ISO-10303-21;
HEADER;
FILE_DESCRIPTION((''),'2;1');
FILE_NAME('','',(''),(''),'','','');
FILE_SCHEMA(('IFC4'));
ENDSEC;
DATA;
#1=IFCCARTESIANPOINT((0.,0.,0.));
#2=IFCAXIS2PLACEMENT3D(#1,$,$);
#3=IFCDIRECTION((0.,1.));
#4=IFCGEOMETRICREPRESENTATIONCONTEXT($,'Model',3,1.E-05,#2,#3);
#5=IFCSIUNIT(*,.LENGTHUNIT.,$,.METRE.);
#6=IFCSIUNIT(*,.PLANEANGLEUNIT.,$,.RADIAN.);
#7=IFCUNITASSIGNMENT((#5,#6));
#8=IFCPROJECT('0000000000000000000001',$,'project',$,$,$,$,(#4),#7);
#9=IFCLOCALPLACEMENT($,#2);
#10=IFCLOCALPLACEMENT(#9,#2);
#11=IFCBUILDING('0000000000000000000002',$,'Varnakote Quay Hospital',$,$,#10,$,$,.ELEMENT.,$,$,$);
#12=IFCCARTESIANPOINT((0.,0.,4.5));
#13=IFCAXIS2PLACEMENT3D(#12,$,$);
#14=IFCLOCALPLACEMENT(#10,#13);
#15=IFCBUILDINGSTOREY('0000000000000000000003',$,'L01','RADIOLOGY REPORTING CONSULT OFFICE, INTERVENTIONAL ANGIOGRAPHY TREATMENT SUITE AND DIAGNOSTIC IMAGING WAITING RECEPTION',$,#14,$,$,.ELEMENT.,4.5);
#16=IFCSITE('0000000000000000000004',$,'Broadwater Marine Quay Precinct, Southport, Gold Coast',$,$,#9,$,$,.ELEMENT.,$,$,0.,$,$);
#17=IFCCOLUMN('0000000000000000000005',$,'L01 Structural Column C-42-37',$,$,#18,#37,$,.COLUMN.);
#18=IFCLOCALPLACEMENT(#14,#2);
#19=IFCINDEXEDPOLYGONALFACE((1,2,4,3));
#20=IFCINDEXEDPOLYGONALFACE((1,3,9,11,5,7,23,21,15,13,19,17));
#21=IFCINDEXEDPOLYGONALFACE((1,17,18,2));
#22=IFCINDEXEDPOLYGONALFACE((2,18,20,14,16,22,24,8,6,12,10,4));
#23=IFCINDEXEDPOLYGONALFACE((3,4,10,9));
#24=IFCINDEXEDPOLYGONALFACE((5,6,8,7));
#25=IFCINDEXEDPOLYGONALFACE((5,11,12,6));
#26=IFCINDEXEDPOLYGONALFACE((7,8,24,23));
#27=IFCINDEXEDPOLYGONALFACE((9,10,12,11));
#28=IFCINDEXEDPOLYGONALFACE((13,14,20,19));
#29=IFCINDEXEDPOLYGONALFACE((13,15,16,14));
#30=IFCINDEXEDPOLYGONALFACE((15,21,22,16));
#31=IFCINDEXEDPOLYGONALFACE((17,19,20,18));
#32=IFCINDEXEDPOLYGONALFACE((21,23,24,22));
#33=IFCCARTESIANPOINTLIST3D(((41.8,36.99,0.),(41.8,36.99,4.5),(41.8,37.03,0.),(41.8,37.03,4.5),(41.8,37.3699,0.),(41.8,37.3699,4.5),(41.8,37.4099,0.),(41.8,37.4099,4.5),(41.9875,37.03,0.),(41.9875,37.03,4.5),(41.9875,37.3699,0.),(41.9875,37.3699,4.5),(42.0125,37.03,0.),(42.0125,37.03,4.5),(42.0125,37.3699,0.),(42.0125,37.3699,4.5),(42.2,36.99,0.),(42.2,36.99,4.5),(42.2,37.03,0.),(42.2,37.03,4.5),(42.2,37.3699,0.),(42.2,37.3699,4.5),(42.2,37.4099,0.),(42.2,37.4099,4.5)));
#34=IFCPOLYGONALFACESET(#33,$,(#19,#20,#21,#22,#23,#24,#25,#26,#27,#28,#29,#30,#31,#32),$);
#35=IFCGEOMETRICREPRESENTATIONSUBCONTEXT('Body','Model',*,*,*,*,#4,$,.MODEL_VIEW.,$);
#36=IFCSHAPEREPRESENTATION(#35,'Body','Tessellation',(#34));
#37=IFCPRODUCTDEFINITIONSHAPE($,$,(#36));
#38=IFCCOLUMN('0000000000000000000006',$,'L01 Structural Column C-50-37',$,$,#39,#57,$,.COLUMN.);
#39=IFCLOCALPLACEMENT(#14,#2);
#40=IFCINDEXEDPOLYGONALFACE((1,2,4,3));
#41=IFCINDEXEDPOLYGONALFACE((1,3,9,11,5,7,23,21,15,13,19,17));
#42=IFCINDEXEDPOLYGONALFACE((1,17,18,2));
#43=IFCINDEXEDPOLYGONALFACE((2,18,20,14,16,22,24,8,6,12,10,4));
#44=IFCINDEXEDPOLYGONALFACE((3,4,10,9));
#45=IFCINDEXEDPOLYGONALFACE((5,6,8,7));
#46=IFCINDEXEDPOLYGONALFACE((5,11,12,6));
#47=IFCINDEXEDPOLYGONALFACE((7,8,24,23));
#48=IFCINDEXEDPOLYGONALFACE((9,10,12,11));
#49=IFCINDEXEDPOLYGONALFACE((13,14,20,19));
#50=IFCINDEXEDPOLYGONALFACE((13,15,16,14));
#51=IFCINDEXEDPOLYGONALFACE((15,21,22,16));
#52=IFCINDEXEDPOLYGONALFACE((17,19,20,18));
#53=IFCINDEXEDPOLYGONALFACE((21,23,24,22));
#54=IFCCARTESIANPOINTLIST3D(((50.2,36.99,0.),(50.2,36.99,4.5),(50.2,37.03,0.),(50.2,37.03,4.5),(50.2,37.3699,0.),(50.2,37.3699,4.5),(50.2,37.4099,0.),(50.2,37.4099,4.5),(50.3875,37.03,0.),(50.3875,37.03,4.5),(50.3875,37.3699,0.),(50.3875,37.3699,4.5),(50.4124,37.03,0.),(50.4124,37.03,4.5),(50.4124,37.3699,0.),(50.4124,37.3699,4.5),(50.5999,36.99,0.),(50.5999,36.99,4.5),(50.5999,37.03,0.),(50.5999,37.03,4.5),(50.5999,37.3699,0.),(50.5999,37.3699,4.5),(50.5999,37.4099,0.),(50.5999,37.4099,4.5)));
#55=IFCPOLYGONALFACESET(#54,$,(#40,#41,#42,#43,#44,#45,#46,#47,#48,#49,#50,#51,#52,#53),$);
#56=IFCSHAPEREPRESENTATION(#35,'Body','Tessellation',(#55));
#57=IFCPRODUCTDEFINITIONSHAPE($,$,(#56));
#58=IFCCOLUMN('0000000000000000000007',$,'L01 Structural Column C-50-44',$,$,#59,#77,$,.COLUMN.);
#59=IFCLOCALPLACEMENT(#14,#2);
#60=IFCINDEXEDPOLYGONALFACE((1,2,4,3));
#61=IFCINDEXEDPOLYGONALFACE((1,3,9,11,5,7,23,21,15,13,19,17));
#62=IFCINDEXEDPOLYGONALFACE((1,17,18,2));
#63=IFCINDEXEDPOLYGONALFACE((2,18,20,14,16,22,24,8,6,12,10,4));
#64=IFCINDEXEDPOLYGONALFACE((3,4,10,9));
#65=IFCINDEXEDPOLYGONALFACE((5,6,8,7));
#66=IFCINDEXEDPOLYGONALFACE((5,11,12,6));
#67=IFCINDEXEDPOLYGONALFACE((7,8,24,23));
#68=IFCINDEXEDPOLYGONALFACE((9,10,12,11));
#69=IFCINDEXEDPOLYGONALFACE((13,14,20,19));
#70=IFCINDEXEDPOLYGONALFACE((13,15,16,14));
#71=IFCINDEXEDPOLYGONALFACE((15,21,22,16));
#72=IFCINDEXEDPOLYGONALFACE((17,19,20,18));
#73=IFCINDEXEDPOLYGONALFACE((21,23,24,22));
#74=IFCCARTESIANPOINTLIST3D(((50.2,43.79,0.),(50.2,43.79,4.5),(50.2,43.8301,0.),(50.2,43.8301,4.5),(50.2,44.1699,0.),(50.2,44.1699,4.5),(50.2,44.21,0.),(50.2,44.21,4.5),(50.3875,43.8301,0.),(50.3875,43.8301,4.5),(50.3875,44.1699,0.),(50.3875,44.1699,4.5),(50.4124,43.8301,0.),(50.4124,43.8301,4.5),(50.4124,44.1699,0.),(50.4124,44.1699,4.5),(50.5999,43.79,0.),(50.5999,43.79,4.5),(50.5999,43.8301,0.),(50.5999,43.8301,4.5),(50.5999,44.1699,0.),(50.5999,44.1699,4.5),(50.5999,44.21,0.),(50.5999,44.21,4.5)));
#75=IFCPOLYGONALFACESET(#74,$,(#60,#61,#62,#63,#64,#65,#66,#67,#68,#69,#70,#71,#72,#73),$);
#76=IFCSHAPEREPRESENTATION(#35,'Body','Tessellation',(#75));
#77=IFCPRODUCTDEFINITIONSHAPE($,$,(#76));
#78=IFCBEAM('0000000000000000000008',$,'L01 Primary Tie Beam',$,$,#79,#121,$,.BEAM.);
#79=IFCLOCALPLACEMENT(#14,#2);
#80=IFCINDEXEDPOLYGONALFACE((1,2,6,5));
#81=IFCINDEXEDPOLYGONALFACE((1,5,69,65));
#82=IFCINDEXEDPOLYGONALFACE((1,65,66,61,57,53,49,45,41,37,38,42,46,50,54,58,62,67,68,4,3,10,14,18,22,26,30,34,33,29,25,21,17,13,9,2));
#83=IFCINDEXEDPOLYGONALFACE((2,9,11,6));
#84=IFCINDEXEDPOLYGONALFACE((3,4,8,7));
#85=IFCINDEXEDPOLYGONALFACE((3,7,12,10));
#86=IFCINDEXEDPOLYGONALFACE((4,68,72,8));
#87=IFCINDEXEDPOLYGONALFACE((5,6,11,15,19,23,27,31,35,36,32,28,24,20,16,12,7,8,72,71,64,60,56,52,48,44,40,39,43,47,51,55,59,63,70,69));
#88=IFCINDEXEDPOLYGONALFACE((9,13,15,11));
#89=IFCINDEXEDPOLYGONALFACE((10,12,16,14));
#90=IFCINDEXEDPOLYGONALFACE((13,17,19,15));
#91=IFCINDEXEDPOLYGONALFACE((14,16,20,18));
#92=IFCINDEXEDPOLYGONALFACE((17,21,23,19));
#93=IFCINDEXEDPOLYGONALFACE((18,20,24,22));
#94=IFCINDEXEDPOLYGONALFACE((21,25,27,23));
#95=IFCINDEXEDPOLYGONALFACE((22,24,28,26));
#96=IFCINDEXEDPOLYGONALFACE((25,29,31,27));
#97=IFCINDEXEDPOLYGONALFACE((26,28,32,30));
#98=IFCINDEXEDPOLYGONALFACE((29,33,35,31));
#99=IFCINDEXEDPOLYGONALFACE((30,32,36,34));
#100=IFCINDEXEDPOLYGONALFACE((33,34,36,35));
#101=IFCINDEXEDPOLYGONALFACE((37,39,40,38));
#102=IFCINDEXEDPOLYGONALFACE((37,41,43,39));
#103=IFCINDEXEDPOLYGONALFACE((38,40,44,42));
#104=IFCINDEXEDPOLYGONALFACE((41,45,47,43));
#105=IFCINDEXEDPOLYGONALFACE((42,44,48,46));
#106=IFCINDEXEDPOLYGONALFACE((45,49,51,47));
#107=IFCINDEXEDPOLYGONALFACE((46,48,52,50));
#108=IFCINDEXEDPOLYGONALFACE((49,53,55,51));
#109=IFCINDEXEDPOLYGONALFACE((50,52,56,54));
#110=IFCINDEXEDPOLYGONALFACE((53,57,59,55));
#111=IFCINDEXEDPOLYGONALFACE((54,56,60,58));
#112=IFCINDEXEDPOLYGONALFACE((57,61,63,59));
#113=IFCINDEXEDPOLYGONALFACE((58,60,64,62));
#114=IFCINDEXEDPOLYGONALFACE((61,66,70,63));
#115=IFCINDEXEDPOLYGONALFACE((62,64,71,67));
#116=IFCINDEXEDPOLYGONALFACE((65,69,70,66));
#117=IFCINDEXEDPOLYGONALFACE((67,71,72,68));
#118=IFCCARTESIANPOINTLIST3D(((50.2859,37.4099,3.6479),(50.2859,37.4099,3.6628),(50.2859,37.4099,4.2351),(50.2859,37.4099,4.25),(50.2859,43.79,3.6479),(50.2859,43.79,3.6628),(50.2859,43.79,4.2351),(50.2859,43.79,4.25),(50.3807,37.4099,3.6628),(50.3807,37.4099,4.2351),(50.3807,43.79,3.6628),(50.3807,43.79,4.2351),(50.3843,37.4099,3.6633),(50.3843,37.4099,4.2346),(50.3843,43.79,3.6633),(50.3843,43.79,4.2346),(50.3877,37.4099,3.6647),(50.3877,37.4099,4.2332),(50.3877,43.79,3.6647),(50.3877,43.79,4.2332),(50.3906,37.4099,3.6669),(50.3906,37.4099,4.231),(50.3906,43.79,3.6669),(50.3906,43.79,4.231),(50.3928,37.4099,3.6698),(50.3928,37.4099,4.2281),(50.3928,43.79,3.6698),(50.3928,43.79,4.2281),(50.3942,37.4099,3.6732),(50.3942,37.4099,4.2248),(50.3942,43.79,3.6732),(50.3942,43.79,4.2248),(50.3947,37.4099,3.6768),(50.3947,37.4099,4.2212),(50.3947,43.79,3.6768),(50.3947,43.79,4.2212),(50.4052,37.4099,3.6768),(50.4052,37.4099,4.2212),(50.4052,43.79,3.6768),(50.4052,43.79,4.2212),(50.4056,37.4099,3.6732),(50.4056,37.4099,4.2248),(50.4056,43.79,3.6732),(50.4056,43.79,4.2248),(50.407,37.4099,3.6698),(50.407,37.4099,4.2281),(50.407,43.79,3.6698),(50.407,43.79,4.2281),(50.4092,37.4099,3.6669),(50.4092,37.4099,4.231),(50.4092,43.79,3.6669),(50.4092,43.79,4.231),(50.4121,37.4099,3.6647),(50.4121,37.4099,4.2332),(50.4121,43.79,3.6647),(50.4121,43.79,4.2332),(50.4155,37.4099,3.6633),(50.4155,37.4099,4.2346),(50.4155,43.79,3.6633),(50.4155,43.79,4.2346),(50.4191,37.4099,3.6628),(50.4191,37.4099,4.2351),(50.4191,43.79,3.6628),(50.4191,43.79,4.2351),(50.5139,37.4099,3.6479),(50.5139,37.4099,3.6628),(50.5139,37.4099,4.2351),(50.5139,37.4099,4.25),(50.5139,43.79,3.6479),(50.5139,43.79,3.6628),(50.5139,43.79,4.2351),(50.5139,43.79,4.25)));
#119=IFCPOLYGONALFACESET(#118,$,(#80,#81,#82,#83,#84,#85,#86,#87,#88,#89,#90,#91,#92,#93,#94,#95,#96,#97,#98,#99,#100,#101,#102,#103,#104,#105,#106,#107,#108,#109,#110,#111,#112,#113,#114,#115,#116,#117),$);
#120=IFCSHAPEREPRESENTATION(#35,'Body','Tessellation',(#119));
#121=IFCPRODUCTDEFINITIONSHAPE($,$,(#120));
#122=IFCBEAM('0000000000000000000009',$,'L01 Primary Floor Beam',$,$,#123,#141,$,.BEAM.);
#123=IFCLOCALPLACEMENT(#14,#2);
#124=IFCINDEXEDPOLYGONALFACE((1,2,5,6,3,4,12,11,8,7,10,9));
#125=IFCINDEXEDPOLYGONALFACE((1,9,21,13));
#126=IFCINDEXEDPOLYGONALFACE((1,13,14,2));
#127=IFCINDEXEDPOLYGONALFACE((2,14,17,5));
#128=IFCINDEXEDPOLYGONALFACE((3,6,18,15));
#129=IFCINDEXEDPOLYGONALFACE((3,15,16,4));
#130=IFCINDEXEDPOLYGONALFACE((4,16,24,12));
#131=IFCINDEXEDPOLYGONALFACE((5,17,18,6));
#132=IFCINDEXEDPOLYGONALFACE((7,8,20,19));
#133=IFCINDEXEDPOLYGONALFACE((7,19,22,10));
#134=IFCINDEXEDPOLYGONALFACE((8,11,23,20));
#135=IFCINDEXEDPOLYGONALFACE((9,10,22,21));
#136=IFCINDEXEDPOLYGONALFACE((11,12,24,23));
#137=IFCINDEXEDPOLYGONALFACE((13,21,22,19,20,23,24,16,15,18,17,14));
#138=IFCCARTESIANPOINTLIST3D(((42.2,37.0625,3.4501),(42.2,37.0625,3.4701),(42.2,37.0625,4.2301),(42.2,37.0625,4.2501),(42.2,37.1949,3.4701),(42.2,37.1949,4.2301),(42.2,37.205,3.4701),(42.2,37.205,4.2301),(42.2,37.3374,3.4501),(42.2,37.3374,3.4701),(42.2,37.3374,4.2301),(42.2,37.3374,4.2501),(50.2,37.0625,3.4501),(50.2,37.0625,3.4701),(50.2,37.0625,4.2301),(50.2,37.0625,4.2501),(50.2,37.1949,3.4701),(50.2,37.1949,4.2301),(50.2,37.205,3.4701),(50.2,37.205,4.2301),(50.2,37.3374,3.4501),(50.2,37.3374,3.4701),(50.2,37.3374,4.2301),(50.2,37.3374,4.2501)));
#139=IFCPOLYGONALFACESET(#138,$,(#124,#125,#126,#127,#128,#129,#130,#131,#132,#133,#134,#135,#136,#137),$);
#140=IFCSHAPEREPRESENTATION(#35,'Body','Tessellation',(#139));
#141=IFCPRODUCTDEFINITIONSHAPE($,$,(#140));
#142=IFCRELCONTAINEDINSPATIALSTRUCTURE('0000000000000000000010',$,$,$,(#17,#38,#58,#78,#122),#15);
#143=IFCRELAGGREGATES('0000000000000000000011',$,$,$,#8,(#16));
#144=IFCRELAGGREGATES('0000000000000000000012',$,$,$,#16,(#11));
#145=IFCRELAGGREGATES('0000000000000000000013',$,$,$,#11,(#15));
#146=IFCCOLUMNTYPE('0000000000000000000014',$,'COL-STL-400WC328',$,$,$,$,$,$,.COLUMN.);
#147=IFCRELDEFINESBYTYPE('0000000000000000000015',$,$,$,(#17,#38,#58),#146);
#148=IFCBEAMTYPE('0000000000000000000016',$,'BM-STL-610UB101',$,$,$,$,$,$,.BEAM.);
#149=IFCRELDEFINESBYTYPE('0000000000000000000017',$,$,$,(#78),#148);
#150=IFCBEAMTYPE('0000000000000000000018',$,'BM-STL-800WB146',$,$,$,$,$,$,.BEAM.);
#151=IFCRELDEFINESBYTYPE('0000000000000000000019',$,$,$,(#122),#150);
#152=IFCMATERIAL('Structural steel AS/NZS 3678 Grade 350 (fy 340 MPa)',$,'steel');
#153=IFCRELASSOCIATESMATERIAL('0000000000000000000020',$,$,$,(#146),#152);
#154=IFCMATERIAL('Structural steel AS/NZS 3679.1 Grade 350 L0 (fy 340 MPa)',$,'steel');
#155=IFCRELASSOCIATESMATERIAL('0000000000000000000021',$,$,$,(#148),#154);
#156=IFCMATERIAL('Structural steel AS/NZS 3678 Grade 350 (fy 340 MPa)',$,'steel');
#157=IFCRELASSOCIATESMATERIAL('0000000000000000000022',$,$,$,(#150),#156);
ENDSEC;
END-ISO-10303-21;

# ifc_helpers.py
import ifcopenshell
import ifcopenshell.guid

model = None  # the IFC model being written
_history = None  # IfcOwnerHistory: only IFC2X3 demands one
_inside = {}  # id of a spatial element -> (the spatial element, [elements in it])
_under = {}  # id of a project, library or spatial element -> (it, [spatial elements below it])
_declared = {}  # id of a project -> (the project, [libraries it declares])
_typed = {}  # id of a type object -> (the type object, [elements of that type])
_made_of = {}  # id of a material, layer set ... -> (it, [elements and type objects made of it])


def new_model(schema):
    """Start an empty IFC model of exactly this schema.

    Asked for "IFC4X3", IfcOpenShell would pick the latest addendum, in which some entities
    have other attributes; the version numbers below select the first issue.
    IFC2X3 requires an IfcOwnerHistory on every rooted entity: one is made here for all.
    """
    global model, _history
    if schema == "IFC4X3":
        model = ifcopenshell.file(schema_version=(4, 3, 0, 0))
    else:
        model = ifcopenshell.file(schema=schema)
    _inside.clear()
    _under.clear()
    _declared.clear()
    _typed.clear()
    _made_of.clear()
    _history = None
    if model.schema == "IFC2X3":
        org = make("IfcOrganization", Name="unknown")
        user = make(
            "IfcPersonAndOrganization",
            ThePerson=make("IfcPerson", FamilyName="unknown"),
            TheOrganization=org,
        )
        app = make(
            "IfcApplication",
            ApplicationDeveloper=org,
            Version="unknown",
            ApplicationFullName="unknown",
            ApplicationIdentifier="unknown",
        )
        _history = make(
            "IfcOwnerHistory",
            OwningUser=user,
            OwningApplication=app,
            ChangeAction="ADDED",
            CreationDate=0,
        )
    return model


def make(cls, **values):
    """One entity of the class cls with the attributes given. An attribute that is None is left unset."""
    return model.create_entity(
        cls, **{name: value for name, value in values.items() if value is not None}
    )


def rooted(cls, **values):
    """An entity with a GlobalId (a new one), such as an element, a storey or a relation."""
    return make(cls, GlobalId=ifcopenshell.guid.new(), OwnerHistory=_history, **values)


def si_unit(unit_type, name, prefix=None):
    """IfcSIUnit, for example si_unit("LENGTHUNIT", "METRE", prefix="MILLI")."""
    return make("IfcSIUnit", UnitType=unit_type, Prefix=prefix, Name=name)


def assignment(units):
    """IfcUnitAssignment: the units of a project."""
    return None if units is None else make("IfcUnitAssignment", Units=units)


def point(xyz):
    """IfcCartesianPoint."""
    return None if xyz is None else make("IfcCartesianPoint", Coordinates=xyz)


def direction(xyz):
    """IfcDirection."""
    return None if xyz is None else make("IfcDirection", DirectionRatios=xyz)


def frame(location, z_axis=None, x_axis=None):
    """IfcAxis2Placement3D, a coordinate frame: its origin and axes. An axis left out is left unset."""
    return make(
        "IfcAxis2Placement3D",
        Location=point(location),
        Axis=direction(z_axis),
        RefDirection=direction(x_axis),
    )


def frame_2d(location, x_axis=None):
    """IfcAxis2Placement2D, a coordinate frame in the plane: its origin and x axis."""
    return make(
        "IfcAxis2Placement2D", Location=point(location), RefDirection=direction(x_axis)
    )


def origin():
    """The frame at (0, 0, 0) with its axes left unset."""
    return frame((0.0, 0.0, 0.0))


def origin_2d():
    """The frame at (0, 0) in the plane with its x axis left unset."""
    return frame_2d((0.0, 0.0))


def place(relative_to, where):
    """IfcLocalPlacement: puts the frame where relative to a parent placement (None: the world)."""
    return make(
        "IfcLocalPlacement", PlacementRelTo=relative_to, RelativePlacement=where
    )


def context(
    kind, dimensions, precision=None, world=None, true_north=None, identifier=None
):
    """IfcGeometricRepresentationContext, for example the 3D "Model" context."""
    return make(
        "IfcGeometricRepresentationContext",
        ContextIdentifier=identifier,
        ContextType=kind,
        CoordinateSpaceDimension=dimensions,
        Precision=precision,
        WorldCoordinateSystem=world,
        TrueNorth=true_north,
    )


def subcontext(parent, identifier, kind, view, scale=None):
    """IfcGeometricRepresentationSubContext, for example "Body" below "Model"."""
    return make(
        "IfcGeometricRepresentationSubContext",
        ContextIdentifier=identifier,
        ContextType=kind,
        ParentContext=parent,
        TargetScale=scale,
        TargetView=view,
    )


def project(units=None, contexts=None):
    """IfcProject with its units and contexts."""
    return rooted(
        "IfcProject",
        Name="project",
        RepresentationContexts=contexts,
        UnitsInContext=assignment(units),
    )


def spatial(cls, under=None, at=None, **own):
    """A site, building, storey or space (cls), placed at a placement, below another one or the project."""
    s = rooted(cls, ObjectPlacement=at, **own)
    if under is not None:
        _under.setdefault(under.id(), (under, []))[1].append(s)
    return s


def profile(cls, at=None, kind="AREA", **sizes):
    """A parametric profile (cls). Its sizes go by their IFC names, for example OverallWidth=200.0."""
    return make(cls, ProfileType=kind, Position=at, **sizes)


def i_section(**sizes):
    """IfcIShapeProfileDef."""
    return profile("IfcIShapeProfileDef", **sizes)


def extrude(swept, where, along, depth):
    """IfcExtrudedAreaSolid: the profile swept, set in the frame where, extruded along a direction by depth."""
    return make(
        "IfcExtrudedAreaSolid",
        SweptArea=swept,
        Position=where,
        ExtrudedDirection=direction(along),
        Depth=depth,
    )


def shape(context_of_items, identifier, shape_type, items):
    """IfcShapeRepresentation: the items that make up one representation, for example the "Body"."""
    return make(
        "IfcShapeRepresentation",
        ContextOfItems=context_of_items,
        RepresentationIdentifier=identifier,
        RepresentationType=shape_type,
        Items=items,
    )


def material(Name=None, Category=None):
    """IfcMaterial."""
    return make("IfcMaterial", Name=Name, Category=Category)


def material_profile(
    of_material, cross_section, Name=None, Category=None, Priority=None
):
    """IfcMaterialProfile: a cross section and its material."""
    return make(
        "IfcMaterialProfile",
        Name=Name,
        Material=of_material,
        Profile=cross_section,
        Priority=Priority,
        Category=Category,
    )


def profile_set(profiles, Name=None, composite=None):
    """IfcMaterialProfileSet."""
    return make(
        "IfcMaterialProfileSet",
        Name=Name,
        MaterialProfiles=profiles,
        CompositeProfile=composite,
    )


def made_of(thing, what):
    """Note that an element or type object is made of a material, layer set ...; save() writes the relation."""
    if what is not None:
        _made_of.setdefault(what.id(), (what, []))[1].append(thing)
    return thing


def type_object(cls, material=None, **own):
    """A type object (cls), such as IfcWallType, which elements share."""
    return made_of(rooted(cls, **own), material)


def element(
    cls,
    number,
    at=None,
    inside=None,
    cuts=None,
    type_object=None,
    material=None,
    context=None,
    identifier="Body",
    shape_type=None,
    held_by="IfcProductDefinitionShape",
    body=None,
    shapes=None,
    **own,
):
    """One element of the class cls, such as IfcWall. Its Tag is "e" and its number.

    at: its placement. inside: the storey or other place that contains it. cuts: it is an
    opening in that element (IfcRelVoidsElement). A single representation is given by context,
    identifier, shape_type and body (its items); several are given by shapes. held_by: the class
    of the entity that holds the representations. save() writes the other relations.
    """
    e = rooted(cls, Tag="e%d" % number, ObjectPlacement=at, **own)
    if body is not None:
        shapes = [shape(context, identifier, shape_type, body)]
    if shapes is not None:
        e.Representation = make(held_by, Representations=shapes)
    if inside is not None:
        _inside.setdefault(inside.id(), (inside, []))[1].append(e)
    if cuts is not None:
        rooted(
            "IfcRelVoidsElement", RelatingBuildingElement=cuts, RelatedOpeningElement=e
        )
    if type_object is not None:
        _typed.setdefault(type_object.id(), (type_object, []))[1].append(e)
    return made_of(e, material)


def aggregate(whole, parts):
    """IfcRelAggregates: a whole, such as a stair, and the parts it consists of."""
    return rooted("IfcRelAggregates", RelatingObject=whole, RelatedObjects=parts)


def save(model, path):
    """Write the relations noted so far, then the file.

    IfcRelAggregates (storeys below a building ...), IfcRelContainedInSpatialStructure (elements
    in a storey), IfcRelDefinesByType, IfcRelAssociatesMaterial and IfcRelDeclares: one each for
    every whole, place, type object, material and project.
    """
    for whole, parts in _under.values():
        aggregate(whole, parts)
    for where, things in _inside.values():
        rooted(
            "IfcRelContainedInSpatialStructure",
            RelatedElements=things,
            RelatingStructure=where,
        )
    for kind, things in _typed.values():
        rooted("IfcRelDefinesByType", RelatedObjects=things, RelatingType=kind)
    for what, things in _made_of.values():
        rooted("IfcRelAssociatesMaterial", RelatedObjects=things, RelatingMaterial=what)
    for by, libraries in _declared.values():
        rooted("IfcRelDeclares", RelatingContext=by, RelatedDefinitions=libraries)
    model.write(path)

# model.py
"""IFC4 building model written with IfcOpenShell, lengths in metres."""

from ifc_helpers import new_model, si_unit, direction, frame, origin, origin_2d, place, context, subcontext, project, spatial, i_section, extrude, material, material_profile, profile_set, type_object, element, save


model = new_model("IFC4")

# Units and contexts
model_context = context("Model", 3, precision=1e-05, world=origin(), true_north=direction((0.0, 1.0)))
body_context = subcontext(model_context, "Body", "Model", "MODEL_VIEW")
ifc_project = project(units=[si_unit("LENGTHUNIT", "METRE"), si_unit("PLANEANGLEUNIT", "RADIAN")], contexts=[model_context])

# Site, building, storey
site_placement = place(None, origin())
site = spatial("IfcSite", under=ifc_project, at=site_placement, Name="Broadwater Marine Quay Precinct, Southport, Gold Coast", CompositionType="ELEMENT", RefElevation=0.0)
building_placement = place(site_placement, origin())
building = spatial("IfcBuilding", under=site, at=building_placement, Name="Varnakote Quay Hospital", CompositionType="ELEMENT")
storey_placement = place(building_placement, frame((0.0, 0.0, 4.5)))
storey = spatial("IfcBuildingStorey", under=building, at=storey_placement, Name="L01", Description="RADIOLOGY REPORTING CONSULT OFFICE, INTERVENTIONAL ANGIOGRAPHY TREATMENT SUITE AND DIAGNOSTIC IMAGING WAITING RECEPTION", CompositionType="ELEMENT", Elevation=4.5)

# Columns
ifc_material_1 = material(Name="Structural steel AS/NZS 3678 Grade 350 (fy 340 MPa)", Category="steel")
ifc_material_profile_1 = material_profile(ifc_material_1, i_section(OverallWidth=0.3999, OverallDepth=0.4199, WebThickness=0.0249, FlangeThickness=0.04, at=origin_2d()), Name="400WC328")
ifc_profile_set_1 = profile_set([ifc_material_profile_1], Name="Structural steel AS/NZS 3678 Grade 350 (fy 340 MPa)")
column_type = type_object("IfcColumnType", Name="COL-STL-400WC328", PredefinedType="COLUMN", material=ifc_profile_set_1)
for number, where, z_axis, x_axis, name in (
    (1, (42.0, 37.2, 0.0), (0.0, 0.0, 1.0), (1.0, 0.0, 0.0), "L01 Structural Column C-42-37"),
    (2, (50.3999, 37.2, 0.0), (0.0, 0.0, 1.0), (1.0, 0.0, 0.0), "L01 Structural Column C-50-37"),
    (3, (50.3999, 44.0, 0.0), (0.0, 0.0, 1.0), (1.0, 0.0, 0.0), "L01 Structural Column C-50-44"),
):
    element("IfcColumn", number, at=place(storey_placement, frame(where, z_axis=z_axis, x_axis=x_axis)), inside=storey, type_object=column_type, Name=name, PredefinedType="COLUMN", context=body_context, shape_type="SweptSolid", body=[
        extrude(i_section(OverallWidth=0.3999, OverallDepth=0.4199, WebThickness=0.0249, FlangeThickness=0.04, at=origin_2d()), origin(), (0.0, 0.0, 1.0), 4.5),
    ])

# Beams
ifc_material_2 = material(Name="Structural steel AS/NZS 3679.1 Grade 350 L0 (fy 340 MPa)", Category="steel")
ifc_material_profile_2 = material_profile(ifc_material_2, i_section(OverallWidth=0.228, OverallDepth=0.6021, WebThickness=0.0105, FlangeThickness=0.0149, FilletRadius=0.0139, at=origin_2d()), Name="610UB101")
ifc_profile_set_2 = profile_set([ifc_material_profile_2], Name="Structural steel AS/NZS 3679.1 Grade 350 L0 (fy 340 MPa)")
beam_type_1 = type_object("IfcBeamType", Name="BM-STL-610UB101", PredefinedType="BEAM", material=ifc_profile_set_2)
beam_1_placement = place(storey_placement, frame((50.3999, 37.4099, 3.949), z_axis=(0.0, 1.0, 0.0), x_axis=(-1.0, 0.0, 0.0)))
element("IfcBeam", 4, at=beam_1_placement, inside=storey, type_object=beam_type_1, Name="L01 Primary Tie Beam", PredefinedType="BEAM", context=body_context, shape_type="SweptSolid", body=[
    extrude(i_section(OverallWidth=0.228, OverallDepth=0.6021, WebThickness=0.0105, FlangeThickness=0.0149, FilletRadius=0.0139, at=origin_2d()), origin(), (0.0, 0.0, 1.0), 6.3801),
])
ifc_material_3 = material(Name="Structural steel AS/NZS 3678 Grade 350 (fy 340 MPa)", Category="steel")
ifc_material_profile_3 = material_profile(ifc_material_3, i_section(OverallWidth=0.2749, OverallDepth=0.8, WebThickness=0.01, FlangeThickness=0.02, at=origin_2d()), Name="800WB146")
ifc_profile_set_3 = profile_set([ifc_material_profile_3], Name="Structural steel AS/NZS 3678 Grade 350 (fy 340 MPa)")
beam_type_2 = type_object("IfcBeamType", Name="BM-STL-800WB146", PredefinedType="BEAM", material=ifc_profile_set_3)
beam_2_placement = place(storey_placement, frame((42.2, 37.2, 3.8501), z_axis=(1.0, 0.0, 0.0), x_axis=(0.0, 1.0, 0.0)))
element("IfcBeam", 5, at=beam_2_placement, inside=storey, type_object=beam_type_2, Name="L01 Primary Floor Beam", PredefinedType="BEAM", context=body_context, shape_type="SweptSolid", body=[
    extrude(i_section(OverallWidth=0.2749, OverallDepth=0.8, WebThickness=0.01, FlangeThickness=0.02, at=origin_2d()), origin(), (0.0, 0.0, 1.0), 8.0),
])

save(model, "model.ifc")
